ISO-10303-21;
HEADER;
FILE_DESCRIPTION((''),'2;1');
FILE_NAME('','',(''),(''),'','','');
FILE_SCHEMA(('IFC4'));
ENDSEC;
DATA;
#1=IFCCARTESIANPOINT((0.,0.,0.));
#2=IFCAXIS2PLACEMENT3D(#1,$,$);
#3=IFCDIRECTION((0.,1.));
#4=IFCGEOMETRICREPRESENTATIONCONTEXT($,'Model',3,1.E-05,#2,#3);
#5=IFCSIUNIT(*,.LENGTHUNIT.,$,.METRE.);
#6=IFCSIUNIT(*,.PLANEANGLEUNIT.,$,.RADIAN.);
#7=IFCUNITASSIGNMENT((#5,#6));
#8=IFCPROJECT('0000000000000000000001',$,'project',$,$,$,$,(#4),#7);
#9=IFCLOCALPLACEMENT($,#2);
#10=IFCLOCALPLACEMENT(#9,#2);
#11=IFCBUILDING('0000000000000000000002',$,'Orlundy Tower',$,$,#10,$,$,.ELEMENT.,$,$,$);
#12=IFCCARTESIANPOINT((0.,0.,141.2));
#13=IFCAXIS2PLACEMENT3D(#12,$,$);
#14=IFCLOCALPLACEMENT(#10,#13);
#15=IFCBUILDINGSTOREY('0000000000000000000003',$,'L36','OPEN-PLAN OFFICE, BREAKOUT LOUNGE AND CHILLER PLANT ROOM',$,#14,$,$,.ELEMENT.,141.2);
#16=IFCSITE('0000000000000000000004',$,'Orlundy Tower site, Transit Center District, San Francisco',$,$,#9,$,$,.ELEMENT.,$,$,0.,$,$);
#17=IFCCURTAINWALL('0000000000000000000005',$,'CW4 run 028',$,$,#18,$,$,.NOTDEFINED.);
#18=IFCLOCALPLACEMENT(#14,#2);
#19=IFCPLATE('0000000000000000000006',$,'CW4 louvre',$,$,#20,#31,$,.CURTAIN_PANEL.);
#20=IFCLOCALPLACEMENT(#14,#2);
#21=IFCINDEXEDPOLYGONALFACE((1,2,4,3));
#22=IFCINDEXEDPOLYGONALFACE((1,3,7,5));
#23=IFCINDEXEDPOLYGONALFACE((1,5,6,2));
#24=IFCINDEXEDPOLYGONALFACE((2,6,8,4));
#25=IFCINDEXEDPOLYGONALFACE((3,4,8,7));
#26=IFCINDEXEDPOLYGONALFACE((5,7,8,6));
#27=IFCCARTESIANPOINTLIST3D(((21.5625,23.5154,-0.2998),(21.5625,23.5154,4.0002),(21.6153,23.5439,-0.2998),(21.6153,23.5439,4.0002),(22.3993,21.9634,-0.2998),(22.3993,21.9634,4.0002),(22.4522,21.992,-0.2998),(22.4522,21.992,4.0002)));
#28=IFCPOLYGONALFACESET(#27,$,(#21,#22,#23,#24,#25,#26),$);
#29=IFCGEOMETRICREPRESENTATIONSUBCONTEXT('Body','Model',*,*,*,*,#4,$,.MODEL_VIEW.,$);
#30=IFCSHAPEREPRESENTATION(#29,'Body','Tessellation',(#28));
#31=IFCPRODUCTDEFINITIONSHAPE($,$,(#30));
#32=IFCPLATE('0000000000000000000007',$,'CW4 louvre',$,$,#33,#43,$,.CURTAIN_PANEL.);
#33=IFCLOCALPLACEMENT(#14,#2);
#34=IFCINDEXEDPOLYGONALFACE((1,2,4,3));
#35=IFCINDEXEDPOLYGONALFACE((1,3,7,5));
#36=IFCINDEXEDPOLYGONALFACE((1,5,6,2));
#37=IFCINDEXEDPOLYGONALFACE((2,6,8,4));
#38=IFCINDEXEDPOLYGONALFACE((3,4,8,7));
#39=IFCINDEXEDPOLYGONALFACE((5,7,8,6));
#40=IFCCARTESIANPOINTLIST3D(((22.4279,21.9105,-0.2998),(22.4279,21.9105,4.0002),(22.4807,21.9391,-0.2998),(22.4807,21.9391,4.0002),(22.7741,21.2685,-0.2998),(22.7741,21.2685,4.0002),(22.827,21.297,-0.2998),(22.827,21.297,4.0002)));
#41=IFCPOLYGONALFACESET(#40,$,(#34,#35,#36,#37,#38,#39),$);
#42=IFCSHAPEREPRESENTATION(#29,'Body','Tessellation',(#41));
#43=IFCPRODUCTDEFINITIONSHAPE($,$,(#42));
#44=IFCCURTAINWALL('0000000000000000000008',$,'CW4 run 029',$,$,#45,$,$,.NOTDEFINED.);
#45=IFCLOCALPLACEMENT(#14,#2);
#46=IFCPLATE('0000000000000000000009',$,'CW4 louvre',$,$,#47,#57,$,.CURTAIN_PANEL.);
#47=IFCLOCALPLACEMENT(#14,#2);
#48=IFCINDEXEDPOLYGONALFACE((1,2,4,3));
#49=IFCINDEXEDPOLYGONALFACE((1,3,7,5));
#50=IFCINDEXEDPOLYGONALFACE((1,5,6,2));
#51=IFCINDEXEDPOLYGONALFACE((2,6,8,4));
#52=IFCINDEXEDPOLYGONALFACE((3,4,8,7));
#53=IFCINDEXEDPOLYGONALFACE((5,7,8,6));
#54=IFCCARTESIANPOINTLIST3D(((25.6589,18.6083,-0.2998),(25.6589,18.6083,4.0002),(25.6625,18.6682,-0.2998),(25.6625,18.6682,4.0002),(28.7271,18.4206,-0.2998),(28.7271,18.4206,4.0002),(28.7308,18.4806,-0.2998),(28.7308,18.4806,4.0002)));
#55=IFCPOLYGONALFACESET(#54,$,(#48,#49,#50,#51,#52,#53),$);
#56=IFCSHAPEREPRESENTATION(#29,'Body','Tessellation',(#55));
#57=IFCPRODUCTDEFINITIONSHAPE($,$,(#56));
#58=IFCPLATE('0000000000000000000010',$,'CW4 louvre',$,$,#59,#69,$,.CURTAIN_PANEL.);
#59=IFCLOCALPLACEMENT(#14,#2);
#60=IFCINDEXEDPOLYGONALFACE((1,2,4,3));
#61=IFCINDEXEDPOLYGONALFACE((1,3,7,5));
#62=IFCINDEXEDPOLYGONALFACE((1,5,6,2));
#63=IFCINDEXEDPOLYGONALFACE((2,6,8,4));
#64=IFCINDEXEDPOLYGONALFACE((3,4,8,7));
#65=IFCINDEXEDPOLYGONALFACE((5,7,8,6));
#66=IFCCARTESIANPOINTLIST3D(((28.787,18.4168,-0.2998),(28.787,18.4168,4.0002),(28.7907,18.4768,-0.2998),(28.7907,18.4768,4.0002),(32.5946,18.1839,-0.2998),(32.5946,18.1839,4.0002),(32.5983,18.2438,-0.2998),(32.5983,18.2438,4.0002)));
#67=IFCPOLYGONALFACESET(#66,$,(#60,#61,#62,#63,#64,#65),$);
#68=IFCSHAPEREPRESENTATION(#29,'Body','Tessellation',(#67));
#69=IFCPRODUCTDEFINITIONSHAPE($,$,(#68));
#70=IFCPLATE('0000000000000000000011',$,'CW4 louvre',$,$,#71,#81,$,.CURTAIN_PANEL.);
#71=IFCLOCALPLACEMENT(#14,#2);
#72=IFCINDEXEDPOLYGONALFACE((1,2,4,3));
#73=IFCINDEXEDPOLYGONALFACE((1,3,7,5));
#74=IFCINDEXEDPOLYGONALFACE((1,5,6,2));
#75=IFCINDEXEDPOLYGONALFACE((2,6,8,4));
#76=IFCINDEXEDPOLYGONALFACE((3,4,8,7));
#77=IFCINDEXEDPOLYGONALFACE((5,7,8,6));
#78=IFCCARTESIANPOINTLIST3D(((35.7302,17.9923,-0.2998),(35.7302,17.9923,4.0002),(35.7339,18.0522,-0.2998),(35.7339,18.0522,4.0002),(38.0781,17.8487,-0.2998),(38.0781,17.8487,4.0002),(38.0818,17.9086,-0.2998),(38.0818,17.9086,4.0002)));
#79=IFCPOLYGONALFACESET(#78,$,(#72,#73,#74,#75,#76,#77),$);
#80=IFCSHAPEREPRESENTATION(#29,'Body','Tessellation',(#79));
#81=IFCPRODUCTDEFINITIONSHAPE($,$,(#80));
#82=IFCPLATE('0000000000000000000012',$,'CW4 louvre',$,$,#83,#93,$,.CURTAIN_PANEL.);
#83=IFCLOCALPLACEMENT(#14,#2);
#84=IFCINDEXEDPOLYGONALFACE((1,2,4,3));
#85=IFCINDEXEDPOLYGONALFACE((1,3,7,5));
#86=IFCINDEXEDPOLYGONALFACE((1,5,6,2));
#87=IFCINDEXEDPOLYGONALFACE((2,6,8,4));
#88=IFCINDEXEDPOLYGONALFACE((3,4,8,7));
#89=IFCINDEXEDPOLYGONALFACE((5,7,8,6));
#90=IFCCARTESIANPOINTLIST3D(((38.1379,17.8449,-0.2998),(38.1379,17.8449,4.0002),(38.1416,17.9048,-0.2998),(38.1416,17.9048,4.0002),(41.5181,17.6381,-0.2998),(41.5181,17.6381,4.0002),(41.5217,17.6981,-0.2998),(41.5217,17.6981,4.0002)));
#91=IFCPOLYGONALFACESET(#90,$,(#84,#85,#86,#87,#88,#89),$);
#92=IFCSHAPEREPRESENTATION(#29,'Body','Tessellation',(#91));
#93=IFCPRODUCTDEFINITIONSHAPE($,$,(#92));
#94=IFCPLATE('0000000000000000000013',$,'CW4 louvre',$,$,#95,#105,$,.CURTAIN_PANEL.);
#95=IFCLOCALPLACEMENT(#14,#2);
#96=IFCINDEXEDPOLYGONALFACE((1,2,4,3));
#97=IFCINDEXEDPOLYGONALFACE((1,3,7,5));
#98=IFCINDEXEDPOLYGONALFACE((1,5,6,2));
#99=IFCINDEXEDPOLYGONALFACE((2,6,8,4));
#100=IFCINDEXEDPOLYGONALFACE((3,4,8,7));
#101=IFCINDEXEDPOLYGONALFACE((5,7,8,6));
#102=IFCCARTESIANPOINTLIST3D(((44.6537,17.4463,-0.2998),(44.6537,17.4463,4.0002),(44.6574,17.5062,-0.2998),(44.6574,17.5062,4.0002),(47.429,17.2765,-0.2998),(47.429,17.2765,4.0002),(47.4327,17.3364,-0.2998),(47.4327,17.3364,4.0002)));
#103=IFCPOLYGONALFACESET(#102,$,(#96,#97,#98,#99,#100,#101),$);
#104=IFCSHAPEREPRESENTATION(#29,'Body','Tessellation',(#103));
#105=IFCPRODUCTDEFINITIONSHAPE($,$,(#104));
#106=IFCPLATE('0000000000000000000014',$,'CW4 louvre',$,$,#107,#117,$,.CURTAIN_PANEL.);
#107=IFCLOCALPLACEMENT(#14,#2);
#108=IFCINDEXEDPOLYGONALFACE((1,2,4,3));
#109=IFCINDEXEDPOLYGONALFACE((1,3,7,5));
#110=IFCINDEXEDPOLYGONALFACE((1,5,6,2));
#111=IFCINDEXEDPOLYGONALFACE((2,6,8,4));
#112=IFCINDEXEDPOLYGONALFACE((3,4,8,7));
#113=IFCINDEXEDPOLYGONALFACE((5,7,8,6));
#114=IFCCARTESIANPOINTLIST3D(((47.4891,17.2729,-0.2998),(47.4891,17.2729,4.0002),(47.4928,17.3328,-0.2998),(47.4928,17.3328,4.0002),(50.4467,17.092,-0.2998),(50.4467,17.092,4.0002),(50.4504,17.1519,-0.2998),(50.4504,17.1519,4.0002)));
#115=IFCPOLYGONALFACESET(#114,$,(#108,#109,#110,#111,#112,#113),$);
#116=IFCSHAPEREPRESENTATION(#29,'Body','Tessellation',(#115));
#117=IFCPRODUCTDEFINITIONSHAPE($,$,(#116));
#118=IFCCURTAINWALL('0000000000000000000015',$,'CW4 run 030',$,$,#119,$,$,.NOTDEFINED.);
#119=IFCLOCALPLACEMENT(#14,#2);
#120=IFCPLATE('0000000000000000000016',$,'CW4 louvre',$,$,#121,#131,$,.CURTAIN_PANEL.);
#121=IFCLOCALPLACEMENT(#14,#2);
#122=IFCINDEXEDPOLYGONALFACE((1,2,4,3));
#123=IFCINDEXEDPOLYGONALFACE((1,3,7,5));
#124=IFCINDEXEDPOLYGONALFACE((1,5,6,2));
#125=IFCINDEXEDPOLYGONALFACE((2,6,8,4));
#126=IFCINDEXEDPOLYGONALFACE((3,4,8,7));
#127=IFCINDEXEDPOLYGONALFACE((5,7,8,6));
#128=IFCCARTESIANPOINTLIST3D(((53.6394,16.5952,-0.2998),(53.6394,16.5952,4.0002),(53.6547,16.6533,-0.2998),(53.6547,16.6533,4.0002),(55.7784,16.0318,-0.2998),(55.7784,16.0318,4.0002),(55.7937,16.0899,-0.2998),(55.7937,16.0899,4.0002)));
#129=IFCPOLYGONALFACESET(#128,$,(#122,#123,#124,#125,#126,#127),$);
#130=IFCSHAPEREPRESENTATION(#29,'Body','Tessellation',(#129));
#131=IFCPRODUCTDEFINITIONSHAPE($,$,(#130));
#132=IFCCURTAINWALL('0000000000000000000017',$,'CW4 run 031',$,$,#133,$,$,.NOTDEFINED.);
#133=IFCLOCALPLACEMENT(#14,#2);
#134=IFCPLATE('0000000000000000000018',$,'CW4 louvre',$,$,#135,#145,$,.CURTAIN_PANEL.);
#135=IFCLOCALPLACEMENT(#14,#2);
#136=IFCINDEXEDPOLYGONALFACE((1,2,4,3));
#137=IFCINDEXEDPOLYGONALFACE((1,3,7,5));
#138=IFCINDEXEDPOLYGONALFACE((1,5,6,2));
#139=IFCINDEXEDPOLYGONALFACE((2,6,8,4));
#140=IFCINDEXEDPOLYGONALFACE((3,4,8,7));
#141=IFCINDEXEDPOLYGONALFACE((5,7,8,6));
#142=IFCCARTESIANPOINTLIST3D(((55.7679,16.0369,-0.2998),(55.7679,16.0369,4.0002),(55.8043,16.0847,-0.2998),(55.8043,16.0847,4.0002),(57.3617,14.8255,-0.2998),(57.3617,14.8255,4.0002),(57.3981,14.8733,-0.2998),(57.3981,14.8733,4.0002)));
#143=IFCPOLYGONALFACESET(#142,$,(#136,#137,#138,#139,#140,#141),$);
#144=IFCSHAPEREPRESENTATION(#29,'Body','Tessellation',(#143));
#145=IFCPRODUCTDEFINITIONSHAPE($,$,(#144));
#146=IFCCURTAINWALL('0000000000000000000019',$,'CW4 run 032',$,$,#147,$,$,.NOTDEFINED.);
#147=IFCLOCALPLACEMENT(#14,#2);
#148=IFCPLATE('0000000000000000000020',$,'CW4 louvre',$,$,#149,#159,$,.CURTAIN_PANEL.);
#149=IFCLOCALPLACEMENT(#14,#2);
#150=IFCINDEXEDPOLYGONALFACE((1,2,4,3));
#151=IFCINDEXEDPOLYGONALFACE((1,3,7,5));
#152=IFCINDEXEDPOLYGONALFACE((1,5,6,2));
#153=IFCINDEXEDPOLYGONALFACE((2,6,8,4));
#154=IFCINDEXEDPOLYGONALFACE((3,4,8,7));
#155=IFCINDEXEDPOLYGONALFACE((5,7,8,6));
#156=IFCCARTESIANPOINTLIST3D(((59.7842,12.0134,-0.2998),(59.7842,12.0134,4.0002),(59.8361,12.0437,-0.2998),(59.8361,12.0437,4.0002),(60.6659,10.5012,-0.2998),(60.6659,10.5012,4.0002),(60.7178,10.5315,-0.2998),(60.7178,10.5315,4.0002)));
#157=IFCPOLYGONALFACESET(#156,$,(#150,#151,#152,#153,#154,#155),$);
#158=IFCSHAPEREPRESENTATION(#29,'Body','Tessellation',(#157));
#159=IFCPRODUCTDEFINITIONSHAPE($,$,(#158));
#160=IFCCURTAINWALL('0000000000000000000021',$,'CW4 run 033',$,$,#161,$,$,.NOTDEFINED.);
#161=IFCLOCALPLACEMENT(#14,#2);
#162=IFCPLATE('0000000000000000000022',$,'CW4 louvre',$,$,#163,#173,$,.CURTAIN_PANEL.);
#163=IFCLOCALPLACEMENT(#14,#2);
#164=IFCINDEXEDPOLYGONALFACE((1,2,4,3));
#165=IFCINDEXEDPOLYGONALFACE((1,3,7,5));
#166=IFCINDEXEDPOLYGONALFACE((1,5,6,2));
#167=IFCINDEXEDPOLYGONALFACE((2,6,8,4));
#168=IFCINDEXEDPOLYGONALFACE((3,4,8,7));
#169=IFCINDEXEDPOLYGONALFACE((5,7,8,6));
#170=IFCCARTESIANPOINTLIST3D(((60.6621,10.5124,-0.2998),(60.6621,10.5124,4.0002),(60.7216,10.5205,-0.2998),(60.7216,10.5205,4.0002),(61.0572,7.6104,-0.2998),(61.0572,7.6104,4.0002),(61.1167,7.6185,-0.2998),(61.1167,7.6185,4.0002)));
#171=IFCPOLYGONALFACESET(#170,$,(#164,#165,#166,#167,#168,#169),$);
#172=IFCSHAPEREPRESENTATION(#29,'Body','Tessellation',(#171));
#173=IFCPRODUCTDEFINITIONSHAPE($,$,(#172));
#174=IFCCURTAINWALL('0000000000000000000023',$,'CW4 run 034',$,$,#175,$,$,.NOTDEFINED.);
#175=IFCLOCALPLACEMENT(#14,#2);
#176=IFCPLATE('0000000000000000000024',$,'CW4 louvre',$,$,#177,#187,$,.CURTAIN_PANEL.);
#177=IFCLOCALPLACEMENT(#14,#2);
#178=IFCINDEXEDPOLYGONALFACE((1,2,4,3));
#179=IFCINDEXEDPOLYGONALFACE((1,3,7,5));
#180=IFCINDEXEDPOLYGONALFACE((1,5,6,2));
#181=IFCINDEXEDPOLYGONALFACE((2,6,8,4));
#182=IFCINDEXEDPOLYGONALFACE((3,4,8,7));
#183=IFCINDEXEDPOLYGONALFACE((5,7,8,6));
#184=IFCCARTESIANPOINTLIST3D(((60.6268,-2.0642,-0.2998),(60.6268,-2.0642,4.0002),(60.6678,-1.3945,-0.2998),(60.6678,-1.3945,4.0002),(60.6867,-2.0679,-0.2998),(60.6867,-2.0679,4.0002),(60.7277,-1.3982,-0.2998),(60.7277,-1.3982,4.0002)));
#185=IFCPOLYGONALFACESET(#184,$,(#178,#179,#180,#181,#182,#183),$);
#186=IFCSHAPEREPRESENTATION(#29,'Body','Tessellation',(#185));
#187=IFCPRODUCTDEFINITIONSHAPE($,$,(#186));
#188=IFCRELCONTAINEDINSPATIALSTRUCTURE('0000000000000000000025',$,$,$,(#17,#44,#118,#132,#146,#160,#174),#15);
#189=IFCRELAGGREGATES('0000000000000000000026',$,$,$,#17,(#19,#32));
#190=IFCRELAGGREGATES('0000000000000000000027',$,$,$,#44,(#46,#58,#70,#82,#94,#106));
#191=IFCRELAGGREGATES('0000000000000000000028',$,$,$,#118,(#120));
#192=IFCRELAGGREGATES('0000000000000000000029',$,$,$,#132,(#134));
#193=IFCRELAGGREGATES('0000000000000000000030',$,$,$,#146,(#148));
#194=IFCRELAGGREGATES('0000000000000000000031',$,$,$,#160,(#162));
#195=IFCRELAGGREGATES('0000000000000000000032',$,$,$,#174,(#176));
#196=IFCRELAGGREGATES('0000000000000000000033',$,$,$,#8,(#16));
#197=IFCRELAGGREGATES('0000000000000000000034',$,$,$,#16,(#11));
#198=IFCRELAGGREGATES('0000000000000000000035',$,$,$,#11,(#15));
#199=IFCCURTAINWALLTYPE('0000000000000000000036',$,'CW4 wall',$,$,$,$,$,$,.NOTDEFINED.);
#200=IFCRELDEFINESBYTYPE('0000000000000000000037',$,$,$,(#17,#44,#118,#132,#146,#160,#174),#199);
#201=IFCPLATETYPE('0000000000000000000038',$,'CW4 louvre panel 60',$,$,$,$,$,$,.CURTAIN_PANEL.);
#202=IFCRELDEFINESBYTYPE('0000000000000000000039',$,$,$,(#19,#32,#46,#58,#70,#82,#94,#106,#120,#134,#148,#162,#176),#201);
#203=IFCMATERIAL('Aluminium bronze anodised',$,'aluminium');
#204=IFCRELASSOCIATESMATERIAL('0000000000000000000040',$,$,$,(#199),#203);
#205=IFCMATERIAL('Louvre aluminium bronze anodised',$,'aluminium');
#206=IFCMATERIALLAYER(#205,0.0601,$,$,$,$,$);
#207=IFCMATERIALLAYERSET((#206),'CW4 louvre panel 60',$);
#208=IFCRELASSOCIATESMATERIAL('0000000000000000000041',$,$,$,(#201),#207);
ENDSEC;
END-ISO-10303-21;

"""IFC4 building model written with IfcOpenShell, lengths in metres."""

from ifc_helpers import new_model, si_unit, direction, frame, origin, origin_2d, place, context, subcontext, project, spatial, rectangle, extrude, material, layer, layer_set, type_object, element, aggregate, save


model = new_model("IFC4")

# Units and contexts
model_context = context("Model", 3, precision=1e-05, world=origin(), true_north=direction((0.0, 1.0)))
body_context = subcontext(model_context, "Body", "Model", "MODEL_VIEW")
ifc_project = project(units=[si_unit("LENGTHUNIT", "METRE"), si_unit("PLANEANGLEUNIT", "RADIAN")], contexts=[model_context])

# Site, building, storey
site_placement = place(None, origin())
site = spatial("IfcSite", under=ifc_project, at=site_placement, Name="Orlundy Tower site, Transit Center District, San Francisco", CompositionType="ELEMENT", RefElevation=0.0)
building_placement = place(site_placement, origin())
building = spatial("IfcBuilding", under=site, at=building_placement, Name="Orlundy Tower", CompositionType="ELEMENT")
storey_placement = place(building_placement, frame((0.0, 0.0, 141.2)))
storey = spatial("IfcBuildingStorey", under=building, at=storey_placement, Name="L36", Description="OPEN-PLAN OFFICE, BREAKOUT LOUNGE AND CHILLER PLANT ROOM", CompositionType="ELEMENT", Elevation=141.2)

# Shared definitions
ifc_material_1 = material(Name="Aluminium bronze anodised", Category="aluminium")
curtain_wall_type = type_object("IfcCurtainWallType", Name="CW4 wall", PredefinedType="NOTDEFINED", material=ifc_material_1)
ifc_material_2 = material(Name="Louvre aluminium bronze anodised", Category="aluminium")
ifc_layer_1 = layer(ifc_material_2, 0.0601)
ifc_layer_set_1 = layer_set([ifc_layer_1], Name="CW4 louvre panel 60")
plate_type = type_object("IfcPlateType", Name="CW4 louvre panel 60", PredefinedType="CURTAIN_PANEL", material=ifc_layer_set_1)

# Curtain walls, plates
curtain_wall_1_placement = place(storey_placement, origin())
curtain_wall_1 = element("IfcCurtainWall", 1, at=curtain_wall_1_placement, inside=storey, type_object=curtain_wall_type, Name="CW4 run 028", PredefinedType="NOTDEFINED")
plate_1_placement = place(storey_placement, frame((22.0073, 22.7537, -0.2998), z_axis=(0.0, 0.0, 1.0), x_axis=(0.47464, -0.88018, 0.0)))
plate_1 = element("IfcPlate", 2, at=plate_1_placement, type_object=plate_type, Name="CW4 louvre", PredefinedType="CURTAIN_PANEL", context=body_context, shape_type="SweptSolid", body=[
    extrude(rectangle(XDim=1.7632, YDim=0.0601, at=origin_2d()), origin(), (0.0, 0.0, 1.0), 4.3),
])
plate_2_placement = place(storey_placement, frame((22.6274, 21.6038, -0.2998), z_axis=(0.0, 0.0, 1.0), x_axis=(0.47464, -0.88018, 0.0)))
plate_2 = element("IfcPlate", 3, at=plate_2_placement, type_object=plate_type, Name="CW4 louvre", PredefinedType="CURTAIN_PANEL", context=body_context, shape_type="SweptSolid", body=[
    extrude(rectangle(XDim=0.7295, YDim=0.0601, at=origin_2d()), origin(), (0.0, 0.0, 1.0), 4.3),
])
aggregate(curtain_wall_1, [plate_1, plate_2])
curtain_wall_2_placement = place(storey_placement, origin())
curtain_wall_2 = element("IfcCurtainWall", 4, at=curtain_wall_2_placement, inside=storey, type_object=curtain_wall_type, Name="CW4 run 029", PredefinedType="NOTDEFINED")
plate_3_placement = place(storey_placement, frame((27.1948, 18.5444, -0.2998), z_axis=(0.0, 0.0, 1.0), x_axis=(0.998134, -0.061056, 0.0)))
plate_3 = element("IfcPlate", 5, at=plate_3_placement, type_object=plate_type, Name="CW4 louvre", PredefinedType="CURTAIN_PANEL", context=body_context, shape_type="SweptSolid", body=[
    extrude(rectangle(XDim=3.074, YDim=0.0601, at=origin_2d()), origin(), (0.0, 0.0, 1.0), 4.3),
])
plate_4_placement = place(storey_placement, frame((30.6926, 18.3303, -0.2998), z_axis=(0.0, 0.0, 1.0), x_axis=(0.998134, -0.061056, 0.0)))
plate_4 = element("IfcPlate", 6, at=plate_4_placement, type_object=plate_type, Name="CW4 louvre", PredefinedType="CURTAIN_PANEL", context=body_context, shape_type="SweptSolid", body=[
    extrude(rectangle(XDim=3.8147, YDim=0.0601, at=origin_2d()), origin(), (0.0, 0.0, 1.0), 4.3),
])
plate_5_placement = place(storey_placement, frame((36.906, 17.9504, -0.2998), z_axis=(0.0, 0.0, 1.0), x_axis=(0.998134, -0.061056, 0.0)))
plate_5 = element("IfcPlate", 7, at=plate_5_placement, type_object=plate_type, Name="CW4 louvre", PredefinedType="CURTAIN_PANEL", context=body_context, shape_type="SweptSolid", body=[
    extrude(rectangle(XDim=2.3523, YDim=0.0601, at=origin_2d()), origin(), (0.0, 0.0, 1.0), 4.3),
])
plate_6_placement = place(storey_placement, frame((39.8298, 17.7715, -0.2998), z_axis=(0.0, 0.0, 1.0), x_axis=(0.998134, -0.061056, 0.0)))
plate_6 = element("IfcPlate", 8, at=plate_6_placement, type_object=plate_type, Name="CW4 louvre", PredefinedType="CURTAIN_PANEL", context=body_context, shape_type="SweptSolid", body=[
    extrude(rectangle(XDim=3.3865, YDim=0.0601, at=origin_2d()), origin(), (0.0, 0.0, 1.0), 4.3),
])
plate_7_placement = place(storey_placement, frame((46.0432, 17.3914, -0.2998), z_axis=(0.0, 0.0, 1.0), x_axis=(0.998134, -0.061056, 0.0)))
plate_7 = element("IfcPlate", 9, at=plate_7_placement, type_object=plate_type, Name="CW4 louvre", PredefinedType="CURTAIN_PANEL", context=body_context, shape_type="SweptSolid", body=[
    extrude(rectangle(XDim=2.7805, YDim=0.0601, at=origin_2d()), origin(), (0.0, 0.0, 1.0), 4.3),
])
plate_8_placement = place(storey_placement, frame((48.9697, 17.2124, -0.2998), z_axis=(0.0, 0.0, 1.0), x_axis=(0.998134, -0.061056, 0.0)))
plate_8 = element("IfcPlate", 10, at=plate_8_placement, type_object=plate_type, Name="CW4 louvre", PredefinedType="CURTAIN_PANEL", context=body_context, shape_type="SweptSolid", body=[
    extrude(rectangle(XDim=2.9631, YDim=0.0601, at=origin_2d()), origin(), (0.0, 0.0, 1.0), 4.3),
])
aggregate(curtain_wall_2, [plate_3, plate_4, plate_5, plate_6, plate_7, plate_8])

# Curtain walls, plates
curtain_wall_3_placement = place(storey_placement, origin())
curtain_wall_3 = element("IfcCurtainWall", 11, at=curtain_wall_3_placement, inside=storey, type_object=curtain_wall_type, Name="CW4 run 030", PredefinedType="NOTDEFINED")
plate_9_placement = place(storey_placement, frame((54.7166, 16.3425, -0.2998), z_axis=(0.0, 0.0, 1.0), x_axis=(0.967019, -0.254706, 0.0)))
plate_9 = element("IfcPlate", 12, at=plate_9_placement, type_object=plate_type, Name="CW4 louvre", PredefinedType="CURTAIN_PANEL", context=body_context, shape_type="SweptSolid", body=[
    extrude(rectangle(XDim=2.2119, YDim=0.0601, at=origin_2d()), origin(), (0.0, 0.0, 1.0), 4.3),
])
aggregate(curtain_wall_3, [plate_9])
curtain_wall_4_placement = place(storey_placement, origin())
curtain_wall_4 = element("IfcCurtainWall", 13, at=curtain_wall_4_placement, inside=storey, type_object=curtain_wall_type, Name="CW4 run 031", PredefinedType="NOTDEFINED")
plate_10_placement = place(storey_placement, frame((56.583, 15.4551, -0.2998), z_axis=(0.0, 0.0, 1.0), x_axis=(0.796131, -0.605124, 0.0)))
plate_10 = element("IfcPlate", 14, at=plate_10_placement, type_object=plate_type, Name="CW4 louvre", PredefinedType="CURTAIN_PANEL", context=body_context, shape_type="SweptSolid", body=[
    extrude(rectangle(XDim=2.002, YDim=0.0601, at=origin_2d()), origin(), (0.0, 0.0, 1.0), 4.3),
])
aggregate(curtain_wall_4, [plate_10])
curtain_wall_5_placement = place(storey_placement, origin())
curtain_wall_5 = element("IfcCurtainWall", 15, at=curtain_wall_5_placement, inside=storey, type_object=curtain_wall_type, Name="CW4 run 032", PredefinedType="NOTDEFINED")
plate_11_placement = place(storey_placement, frame((60.251, 11.2725, -0.2998), z_axis=(0.0, 0.0, 1.0), x_axis=(0.503703, -0.863877, 0.0)))
plate_11 = element("IfcPlate", 16, at=plate_11_placement, type_object=plate_type, Name="CW4 louvre", PredefinedType="CURTAIN_PANEL", context=body_context, shape_type="SweptSolid", body=[
    extrude(rectangle(XDim=1.7505, YDim=0.0601, at=origin_2d()), origin(), (0.0, 0.0, 1.0), 4.3),
])
aggregate(curtain_wall_5, [plate_11])
curtain_wall_6_placement = place(storey_placement, origin())
curtain_wall_6 = element("IfcCurtainWall", 17, at=curtain_wall_6_placement, inside=storey, type_object=curtain_wall_type, Name="CW4 run 033", PredefinedType="NOTDEFINED")
plate_12_placement = place(storey_placement, frame((60.8894, 9.0654, -0.2998), z_axis=(0.0, 0.0, 1.0), x_axis=(0.134884, -0.990861, 0.0)))
plate_12 = element("IfcPlate", 18, at=plate_12_placement, type_object=plate_type, Name="CW4 louvre", PredefinedType="CURTAIN_PANEL", context=body_context, shape_type="SweptSolid", body=[
    extrude(rectangle(XDim=2.9287, YDim=0.0601, at=origin_2d()), origin(), (0.0, 0.0, 1.0), 4.3),
])
aggregate(curtain_wall_6, [plate_12])
curtain_wall_7_placement = place(storey_placement, origin())
curtain_wall_7 = element("IfcCurtainWall", 19, at=curtain_wall_7_placement, inside=storey, type_object=curtain_wall_type, Name="CW4 run 034", PredefinedType="NOTDEFINED")
plate_13_placement = place(storey_placement, frame((60.6772, -1.7312, -0.2998), z_axis=(0.0, 0.0, 1.0), x_axis=(-0.061047, -0.998135, 0.0)))
plate_13 = element("IfcPlate", 20, at=plate_13_placement, type_object=plate_type, Name="CW4 louvre", PredefinedType="CURTAIN_PANEL", context=body_context, shape_type="SweptSolid", body=[
    extrude(rectangle(XDim=0.6709, YDim=0.0601, at=origin_2d()), origin(), (0.0, 0.0, 1.0), 4.3),
])
aggregate(curtain_wall_7, [plate_13])

save(model, "model.ifc")
